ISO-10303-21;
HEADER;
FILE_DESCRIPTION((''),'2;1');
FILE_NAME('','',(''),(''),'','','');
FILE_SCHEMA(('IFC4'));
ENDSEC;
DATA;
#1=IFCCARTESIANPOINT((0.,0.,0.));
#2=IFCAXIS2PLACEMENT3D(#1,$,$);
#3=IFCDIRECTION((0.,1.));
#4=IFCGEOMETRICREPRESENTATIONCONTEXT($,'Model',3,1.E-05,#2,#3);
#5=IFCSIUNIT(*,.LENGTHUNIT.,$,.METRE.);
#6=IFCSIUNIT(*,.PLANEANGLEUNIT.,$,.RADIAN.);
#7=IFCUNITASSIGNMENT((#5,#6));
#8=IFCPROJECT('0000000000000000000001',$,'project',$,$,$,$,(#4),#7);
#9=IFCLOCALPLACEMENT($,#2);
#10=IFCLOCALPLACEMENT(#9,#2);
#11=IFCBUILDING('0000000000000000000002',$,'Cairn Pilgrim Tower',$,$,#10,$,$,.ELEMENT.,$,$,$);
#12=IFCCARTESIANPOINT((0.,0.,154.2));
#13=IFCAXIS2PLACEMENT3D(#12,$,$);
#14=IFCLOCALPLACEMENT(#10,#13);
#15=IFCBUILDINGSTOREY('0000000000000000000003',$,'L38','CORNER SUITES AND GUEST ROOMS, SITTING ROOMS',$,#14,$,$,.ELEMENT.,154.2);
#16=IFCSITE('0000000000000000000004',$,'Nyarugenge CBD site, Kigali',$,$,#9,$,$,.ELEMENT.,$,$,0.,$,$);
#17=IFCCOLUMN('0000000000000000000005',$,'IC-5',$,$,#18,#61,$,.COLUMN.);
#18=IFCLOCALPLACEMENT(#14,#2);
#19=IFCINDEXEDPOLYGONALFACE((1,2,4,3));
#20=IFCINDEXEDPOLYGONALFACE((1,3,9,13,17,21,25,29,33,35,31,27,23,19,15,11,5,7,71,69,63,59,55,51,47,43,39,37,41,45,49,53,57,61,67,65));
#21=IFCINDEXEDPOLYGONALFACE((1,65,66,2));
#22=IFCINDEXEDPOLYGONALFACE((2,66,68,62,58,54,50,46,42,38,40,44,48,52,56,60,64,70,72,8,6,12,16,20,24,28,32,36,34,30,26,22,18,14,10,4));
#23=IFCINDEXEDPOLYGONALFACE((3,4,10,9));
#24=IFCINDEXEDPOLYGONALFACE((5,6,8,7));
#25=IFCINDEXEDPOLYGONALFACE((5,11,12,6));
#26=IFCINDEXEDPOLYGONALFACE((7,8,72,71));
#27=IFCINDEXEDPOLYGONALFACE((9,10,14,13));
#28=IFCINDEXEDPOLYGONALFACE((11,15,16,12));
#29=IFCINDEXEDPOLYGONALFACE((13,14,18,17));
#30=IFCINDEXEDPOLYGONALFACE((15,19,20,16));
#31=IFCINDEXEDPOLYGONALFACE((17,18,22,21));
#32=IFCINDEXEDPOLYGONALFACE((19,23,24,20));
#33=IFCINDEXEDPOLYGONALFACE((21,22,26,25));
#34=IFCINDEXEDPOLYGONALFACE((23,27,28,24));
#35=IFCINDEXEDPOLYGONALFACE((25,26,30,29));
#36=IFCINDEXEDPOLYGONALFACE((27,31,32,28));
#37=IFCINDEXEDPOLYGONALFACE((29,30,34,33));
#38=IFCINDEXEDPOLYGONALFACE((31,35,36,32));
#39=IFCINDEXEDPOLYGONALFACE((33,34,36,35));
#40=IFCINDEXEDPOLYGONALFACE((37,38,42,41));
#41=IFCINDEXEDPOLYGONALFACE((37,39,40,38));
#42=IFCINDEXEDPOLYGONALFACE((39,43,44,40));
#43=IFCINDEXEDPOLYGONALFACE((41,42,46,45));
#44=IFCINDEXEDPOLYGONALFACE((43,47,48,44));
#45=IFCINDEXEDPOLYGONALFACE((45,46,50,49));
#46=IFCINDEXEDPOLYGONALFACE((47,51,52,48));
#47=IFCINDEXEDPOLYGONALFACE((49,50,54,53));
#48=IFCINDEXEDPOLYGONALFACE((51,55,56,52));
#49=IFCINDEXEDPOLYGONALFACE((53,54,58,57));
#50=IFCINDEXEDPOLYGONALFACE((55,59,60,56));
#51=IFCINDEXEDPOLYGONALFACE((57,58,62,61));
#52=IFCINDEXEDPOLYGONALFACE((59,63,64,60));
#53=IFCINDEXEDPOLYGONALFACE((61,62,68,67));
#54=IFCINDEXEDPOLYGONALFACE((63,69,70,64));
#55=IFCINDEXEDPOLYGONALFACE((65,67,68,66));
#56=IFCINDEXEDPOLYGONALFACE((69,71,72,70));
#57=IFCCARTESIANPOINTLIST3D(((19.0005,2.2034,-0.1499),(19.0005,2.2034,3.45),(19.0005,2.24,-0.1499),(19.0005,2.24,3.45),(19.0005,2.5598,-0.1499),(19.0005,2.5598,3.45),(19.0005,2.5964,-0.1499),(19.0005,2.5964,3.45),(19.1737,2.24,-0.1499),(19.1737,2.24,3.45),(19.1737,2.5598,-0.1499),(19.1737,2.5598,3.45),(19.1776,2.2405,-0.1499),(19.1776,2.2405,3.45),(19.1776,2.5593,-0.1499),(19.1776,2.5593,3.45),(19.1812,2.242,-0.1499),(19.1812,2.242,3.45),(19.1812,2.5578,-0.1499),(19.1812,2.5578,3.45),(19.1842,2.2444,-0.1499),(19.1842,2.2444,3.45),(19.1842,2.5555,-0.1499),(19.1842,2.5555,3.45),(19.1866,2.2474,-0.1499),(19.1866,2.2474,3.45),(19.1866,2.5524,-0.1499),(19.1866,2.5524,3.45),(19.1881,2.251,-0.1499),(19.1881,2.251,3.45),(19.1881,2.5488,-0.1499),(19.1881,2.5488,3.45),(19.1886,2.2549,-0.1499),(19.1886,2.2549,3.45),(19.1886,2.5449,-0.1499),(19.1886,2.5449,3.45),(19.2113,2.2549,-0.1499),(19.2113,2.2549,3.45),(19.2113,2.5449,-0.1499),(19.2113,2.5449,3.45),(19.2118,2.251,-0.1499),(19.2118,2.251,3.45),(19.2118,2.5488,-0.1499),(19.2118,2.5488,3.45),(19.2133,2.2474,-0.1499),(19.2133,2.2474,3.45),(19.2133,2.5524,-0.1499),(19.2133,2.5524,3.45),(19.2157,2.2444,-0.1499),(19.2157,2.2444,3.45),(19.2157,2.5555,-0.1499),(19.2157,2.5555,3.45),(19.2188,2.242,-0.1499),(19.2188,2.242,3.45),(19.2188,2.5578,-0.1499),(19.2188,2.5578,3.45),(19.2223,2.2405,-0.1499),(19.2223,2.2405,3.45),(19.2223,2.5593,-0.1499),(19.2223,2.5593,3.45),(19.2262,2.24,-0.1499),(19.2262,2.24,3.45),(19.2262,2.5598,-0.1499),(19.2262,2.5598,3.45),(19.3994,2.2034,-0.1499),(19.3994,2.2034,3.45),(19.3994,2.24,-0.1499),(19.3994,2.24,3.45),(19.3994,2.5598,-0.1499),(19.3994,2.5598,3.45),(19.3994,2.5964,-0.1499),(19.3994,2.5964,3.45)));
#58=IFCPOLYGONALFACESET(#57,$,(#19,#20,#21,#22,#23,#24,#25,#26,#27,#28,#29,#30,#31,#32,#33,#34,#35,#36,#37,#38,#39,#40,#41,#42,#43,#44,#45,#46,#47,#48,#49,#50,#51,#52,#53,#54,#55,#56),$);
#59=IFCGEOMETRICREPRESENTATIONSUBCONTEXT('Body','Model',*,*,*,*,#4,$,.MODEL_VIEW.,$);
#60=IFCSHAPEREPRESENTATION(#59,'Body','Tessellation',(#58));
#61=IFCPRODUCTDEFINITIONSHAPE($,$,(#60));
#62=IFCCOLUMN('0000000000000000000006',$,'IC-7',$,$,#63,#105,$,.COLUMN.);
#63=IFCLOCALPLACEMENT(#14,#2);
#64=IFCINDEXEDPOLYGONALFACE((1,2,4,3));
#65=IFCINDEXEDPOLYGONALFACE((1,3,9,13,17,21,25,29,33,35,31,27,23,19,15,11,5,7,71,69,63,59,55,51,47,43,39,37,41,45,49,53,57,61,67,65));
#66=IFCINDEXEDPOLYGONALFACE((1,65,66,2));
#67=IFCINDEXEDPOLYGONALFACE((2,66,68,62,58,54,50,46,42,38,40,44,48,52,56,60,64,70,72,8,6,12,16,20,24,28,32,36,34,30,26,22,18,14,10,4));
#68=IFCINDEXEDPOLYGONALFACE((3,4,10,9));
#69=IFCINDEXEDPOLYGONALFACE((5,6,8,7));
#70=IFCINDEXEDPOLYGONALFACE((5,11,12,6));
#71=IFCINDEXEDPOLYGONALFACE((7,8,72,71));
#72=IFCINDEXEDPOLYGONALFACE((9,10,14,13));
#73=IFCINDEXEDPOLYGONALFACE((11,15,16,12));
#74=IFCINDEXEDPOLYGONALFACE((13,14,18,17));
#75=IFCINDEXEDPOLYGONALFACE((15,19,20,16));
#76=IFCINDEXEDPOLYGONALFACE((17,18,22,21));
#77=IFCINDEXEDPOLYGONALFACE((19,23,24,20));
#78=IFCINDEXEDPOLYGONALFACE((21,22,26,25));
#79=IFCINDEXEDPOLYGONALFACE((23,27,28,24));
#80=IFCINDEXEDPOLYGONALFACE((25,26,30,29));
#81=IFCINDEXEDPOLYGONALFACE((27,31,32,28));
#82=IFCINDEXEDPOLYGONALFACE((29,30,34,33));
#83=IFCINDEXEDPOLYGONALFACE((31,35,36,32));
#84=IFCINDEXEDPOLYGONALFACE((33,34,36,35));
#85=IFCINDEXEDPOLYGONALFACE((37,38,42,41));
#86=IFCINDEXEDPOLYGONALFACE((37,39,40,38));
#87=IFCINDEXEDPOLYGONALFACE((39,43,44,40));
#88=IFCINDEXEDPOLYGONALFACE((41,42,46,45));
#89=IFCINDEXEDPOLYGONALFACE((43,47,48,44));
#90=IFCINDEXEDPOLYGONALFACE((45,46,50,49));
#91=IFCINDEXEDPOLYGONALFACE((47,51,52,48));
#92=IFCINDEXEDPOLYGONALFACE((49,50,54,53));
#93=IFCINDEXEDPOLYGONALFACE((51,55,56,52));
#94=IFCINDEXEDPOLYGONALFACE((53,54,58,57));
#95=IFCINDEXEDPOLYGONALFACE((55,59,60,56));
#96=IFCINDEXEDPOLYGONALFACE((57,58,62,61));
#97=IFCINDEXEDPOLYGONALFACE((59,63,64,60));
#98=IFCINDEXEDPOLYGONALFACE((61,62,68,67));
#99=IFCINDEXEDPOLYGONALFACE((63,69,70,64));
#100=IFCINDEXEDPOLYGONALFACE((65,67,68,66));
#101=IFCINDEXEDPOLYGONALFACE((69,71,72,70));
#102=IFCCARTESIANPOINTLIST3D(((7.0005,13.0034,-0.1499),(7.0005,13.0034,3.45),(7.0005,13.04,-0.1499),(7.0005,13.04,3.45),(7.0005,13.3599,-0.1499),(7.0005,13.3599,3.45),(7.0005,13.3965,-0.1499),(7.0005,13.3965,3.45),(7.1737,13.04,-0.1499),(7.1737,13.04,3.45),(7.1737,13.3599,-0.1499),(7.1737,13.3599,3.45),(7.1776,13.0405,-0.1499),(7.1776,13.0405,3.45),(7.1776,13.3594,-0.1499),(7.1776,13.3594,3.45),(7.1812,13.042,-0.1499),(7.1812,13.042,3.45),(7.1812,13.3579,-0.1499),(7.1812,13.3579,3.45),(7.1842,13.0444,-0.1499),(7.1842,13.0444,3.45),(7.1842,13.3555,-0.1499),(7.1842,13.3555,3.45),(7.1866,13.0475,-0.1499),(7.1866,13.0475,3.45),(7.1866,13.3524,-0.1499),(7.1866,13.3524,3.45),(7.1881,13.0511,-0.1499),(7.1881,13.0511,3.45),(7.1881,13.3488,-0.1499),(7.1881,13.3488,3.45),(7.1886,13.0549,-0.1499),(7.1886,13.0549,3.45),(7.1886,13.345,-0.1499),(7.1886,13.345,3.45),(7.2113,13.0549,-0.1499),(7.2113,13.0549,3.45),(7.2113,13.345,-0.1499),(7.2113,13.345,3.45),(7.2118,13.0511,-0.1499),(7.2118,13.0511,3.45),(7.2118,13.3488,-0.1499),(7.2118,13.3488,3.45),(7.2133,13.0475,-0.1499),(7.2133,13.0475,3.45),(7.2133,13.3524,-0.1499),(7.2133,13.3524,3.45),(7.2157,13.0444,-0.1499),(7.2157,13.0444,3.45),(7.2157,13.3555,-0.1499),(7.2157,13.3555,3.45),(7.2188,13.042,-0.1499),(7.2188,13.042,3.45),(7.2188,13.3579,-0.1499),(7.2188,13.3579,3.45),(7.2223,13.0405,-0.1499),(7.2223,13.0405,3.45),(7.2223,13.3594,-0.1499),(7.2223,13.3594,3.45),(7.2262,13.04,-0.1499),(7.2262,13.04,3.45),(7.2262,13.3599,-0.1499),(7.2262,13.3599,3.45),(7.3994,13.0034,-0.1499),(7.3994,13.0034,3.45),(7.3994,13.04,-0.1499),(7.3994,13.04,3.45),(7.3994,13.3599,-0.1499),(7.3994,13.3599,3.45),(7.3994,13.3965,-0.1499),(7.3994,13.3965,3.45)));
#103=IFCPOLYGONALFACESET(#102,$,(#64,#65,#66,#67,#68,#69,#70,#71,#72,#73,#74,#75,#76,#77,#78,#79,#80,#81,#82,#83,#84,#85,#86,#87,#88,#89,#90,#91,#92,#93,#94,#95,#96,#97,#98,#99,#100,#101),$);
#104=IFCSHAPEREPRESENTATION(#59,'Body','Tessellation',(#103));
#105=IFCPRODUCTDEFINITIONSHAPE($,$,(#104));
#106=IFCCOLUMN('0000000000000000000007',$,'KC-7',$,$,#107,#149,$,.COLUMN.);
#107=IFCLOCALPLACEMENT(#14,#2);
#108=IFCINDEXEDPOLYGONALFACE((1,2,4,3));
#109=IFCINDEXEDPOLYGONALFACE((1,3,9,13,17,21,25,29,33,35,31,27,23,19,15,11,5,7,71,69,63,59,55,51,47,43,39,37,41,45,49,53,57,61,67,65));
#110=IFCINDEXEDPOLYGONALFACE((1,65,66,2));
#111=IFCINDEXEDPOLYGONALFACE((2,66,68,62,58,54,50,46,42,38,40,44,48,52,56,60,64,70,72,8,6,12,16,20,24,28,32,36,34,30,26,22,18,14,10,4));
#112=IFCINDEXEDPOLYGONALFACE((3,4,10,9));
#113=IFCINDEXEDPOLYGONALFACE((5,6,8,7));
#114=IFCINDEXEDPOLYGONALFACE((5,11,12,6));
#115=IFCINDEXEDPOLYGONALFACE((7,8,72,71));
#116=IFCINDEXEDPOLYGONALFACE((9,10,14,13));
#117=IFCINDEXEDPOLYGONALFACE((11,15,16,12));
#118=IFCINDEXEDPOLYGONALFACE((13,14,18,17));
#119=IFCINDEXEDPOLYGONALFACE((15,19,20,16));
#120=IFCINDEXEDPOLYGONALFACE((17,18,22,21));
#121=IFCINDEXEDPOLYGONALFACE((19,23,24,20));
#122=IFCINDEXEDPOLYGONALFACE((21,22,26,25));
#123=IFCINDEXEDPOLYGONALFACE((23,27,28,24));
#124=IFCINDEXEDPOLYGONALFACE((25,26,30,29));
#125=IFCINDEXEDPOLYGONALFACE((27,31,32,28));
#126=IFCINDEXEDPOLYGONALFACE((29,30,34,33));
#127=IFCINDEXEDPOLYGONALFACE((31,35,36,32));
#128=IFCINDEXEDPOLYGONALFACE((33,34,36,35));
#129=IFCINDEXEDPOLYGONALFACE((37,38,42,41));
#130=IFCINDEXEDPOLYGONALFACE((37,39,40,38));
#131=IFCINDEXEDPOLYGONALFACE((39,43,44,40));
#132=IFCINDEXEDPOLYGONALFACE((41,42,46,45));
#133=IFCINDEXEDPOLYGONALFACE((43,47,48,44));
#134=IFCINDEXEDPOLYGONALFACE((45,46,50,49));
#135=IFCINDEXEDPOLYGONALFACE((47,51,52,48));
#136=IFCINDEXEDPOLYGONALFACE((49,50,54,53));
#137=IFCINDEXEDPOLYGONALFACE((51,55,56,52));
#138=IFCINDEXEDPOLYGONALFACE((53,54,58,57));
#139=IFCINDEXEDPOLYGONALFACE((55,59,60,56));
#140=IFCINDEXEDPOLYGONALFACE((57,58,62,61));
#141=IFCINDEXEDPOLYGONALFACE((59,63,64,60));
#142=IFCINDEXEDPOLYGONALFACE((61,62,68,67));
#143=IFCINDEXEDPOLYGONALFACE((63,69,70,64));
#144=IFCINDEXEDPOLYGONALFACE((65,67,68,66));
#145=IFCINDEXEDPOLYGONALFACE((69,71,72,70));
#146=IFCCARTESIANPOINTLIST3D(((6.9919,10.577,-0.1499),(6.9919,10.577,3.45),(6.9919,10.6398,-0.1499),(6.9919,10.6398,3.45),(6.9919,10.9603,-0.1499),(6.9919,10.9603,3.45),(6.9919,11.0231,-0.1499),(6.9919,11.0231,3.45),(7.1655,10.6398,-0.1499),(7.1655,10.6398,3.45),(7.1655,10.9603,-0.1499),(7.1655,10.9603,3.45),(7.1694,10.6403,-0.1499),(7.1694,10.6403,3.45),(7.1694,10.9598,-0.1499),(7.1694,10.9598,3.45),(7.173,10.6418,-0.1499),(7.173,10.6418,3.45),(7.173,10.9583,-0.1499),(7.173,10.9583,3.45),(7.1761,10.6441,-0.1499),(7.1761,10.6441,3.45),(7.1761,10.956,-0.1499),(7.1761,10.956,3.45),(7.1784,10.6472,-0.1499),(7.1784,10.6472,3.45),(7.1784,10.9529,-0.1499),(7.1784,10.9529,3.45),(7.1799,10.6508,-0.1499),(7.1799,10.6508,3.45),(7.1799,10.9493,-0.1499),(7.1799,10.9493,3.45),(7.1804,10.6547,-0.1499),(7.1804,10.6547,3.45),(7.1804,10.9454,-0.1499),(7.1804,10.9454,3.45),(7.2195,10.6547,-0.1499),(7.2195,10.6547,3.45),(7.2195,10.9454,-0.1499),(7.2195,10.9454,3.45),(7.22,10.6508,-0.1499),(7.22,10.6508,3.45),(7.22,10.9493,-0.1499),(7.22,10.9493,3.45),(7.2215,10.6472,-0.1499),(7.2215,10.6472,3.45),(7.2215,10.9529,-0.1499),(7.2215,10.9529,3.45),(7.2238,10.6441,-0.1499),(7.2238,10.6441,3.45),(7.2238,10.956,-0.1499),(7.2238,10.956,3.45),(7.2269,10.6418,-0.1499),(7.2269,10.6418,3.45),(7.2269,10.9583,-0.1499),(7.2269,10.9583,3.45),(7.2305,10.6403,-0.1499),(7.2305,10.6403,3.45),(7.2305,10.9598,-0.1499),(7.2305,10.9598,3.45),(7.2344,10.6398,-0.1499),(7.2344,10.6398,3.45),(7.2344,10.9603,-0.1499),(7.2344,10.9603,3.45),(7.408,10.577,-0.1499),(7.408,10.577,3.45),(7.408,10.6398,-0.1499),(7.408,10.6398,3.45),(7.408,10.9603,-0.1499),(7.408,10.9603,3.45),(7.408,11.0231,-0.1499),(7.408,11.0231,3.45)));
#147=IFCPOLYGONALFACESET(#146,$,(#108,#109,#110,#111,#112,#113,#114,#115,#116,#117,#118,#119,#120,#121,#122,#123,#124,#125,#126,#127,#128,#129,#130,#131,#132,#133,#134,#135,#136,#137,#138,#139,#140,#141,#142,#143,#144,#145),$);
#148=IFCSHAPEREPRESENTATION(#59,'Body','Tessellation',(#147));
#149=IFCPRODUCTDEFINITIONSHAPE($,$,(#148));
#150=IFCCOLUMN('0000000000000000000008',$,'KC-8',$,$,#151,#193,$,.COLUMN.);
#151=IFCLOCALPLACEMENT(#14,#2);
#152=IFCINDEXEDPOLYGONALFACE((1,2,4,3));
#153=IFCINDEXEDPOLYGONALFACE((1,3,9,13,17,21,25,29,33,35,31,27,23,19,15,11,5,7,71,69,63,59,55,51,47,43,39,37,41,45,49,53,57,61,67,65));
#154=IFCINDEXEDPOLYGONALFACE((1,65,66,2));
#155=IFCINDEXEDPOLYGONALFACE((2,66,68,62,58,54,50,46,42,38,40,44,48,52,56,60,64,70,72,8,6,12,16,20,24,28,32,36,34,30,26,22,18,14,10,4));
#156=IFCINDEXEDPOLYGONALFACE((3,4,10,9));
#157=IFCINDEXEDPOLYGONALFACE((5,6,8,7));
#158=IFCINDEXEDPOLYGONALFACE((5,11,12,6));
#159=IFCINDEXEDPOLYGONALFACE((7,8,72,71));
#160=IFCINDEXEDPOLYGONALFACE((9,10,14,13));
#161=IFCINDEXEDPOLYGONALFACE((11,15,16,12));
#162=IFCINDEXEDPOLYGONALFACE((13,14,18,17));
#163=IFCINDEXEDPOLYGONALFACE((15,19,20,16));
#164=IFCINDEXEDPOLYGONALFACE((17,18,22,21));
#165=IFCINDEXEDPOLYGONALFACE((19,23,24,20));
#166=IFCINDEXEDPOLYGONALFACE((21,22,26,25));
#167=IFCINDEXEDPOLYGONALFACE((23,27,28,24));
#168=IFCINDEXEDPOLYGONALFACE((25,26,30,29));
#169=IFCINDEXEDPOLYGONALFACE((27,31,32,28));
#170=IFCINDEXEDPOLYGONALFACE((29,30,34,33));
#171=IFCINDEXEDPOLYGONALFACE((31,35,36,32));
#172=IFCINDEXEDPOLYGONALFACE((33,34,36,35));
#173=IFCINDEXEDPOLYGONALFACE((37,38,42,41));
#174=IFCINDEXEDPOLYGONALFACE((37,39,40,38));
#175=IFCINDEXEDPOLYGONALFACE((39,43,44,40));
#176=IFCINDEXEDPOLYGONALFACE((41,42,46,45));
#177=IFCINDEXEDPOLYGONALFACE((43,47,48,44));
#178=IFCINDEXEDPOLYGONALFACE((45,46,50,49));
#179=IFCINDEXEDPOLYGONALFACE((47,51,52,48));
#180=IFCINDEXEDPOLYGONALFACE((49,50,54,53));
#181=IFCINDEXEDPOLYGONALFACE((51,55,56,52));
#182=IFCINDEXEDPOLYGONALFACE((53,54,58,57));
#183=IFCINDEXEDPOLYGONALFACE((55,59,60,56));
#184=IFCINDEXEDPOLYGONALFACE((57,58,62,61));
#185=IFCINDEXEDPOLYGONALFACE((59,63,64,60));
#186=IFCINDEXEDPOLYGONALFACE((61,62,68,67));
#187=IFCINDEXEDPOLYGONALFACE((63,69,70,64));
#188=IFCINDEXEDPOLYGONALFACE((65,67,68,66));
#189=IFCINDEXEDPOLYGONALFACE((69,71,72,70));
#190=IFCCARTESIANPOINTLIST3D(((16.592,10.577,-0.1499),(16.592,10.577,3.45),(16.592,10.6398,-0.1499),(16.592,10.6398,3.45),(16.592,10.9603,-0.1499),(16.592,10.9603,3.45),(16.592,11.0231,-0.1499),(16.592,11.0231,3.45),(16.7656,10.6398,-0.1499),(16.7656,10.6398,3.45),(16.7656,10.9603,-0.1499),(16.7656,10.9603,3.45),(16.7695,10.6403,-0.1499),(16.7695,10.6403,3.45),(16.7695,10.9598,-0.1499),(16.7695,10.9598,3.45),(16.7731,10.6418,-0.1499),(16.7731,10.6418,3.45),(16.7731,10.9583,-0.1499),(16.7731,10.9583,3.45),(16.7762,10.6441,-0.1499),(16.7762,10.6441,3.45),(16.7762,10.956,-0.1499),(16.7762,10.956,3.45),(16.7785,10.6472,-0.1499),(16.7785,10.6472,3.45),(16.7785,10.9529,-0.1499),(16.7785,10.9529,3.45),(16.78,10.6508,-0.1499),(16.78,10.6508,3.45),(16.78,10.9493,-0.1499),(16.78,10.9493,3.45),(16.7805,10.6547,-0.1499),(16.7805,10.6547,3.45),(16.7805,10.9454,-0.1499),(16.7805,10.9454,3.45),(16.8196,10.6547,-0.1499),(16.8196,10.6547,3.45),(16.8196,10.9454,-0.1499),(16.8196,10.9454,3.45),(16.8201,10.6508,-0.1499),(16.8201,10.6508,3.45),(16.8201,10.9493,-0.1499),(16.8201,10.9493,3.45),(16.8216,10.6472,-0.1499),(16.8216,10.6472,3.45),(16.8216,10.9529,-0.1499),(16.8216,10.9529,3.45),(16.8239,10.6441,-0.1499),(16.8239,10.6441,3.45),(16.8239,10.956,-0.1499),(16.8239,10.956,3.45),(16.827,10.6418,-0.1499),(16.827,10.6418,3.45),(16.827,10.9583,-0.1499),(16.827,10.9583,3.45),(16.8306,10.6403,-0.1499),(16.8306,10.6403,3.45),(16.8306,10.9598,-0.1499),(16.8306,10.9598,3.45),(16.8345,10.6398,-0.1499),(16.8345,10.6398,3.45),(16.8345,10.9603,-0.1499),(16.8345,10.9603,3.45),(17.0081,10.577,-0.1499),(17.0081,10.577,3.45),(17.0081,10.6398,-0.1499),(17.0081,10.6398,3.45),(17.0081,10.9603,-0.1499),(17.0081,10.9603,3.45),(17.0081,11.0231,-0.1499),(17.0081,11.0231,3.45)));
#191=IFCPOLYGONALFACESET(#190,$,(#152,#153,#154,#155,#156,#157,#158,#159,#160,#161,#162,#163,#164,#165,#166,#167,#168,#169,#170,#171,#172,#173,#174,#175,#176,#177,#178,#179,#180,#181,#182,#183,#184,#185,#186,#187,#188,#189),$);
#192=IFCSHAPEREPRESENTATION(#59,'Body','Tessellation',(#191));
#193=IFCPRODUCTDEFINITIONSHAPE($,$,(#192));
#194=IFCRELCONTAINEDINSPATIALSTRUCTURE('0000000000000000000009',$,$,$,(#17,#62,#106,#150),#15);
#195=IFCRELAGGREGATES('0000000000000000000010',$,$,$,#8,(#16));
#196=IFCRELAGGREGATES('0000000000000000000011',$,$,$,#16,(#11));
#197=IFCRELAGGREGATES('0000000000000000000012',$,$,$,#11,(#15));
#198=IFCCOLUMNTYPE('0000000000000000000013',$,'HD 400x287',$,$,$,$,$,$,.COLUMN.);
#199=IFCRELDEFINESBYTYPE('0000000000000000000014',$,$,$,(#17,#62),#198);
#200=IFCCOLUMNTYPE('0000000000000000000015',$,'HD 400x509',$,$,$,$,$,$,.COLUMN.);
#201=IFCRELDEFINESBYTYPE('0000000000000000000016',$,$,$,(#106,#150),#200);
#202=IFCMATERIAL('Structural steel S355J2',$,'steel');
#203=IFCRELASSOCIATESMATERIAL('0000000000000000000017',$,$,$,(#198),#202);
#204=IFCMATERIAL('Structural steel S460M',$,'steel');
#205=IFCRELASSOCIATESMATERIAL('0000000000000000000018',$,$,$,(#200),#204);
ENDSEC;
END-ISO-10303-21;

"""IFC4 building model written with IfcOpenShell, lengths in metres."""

from ifc_helpers import new_model, si_unit, direction, frame, origin, origin_2d, place, context, subcontext, project, spatial, i_section, extrude, material, material_profile, profile_set, type_object, element, save


model = new_model("IFC4")

# Units and contexts
model_context = context("Model", 3, precision=1e-05, world=origin(), true_north=direction((0.0, 1.0)))
body_context = subcontext(model_context, "Body", "Model", "MODEL_VIEW")
ifc_project = project(units=[si_unit("LENGTHUNIT", "METRE"), si_unit("PLANEANGLEUNIT", "RADIAN")], contexts=[model_context])

# Site, building, storey
site_placement = place(None, origin())
site = spatial("IfcSite", under=ifc_project, at=site_placement, Name="Nyarugenge CBD site, Kigali", CompositionType="ELEMENT", RefElevation=0.0)
building_placement = place(site_placement, origin())
building = spatial("IfcBuilding", under=site, at=building_placement, Name="Cairn Pilgrim Tower", CompositionType="ELEMENT")
storey_placement = place(building_placement, frame((0.0, 0.0, 154.2)))
storey = spatial("IfcBuildingStorey", under=building, at=storey_placement, Name="L38", Description="CORNER SUITES AND GUEST ROOMS, SITTING ROOMS", CompositionType="ELEMENT", Elevation=154.2)

# Columns
ifc_material_1 = material(Name="Structural steel S355J2", Category="steel")
ifc_material_profile_1 = material_profile(ifc_material_1, i_section(OverallWidth=0.3989, OverallDepth=0.3931, WebThickness=0.0227, FlangeThickness=0.0366, FilletRadius=0.0149, at=origin_2d()), Name="HD 400x287")
ifc_profile_set_1 = profile_set([ifc_material_profile_1], Name="Structural steel S355J2")
column_type_1 = type_object("IfcColumnType", Name="HD 400x287", PredefinedType="COLUMN", material=ifc_profile_set_1)
for number, where, z_axis, x_axis, name in (
    (1, (19.2, 2.3999, -0.1499), (0.0, 0.0, 1.0), (1.0, 0.0, 0.0), "IC-5"),
    (2, (7.2, 13.2, -0.1499), (0.0, 0.0, 1.0), (1.0, 0.0, 0.0), "IC-7"),
):
    element("IfcColumn", number, at=place(storey_placement, frame(where, z_axis=z_axis, x_axis=x_axis)), inside=storey, type_object=column_type_1, Name=name, PredefinedType="COLUMN", context=body_context, shape_type="SweptSolid", body=[
        extrude(i_section(OverallWidth=0.3989, OverallDepth=0.3931, WebThickness=0.0227, FlangeThickness=0.0366, FilletRadius=0.0149, at=origin_2d()), origin(), (0.0, 0.0, 1.0), 3.5999),
    ])
ifc_material_2 = material(Name="Structural steel S460M", Category="steel")
ifc_material_profile_2 = material_profile(ifc_material_2, i_section(OverallWidth=0.416, OverallDepth=0.446, WebThickness=0.0391, FlangeThickness=0.0627, FilletRadius=0.0149, at=origin_2d()), Name="HD 400x509")
ifc_profile_set_2 = profile_set([ifc_material_profile_2], Name="Structural steel S460M")
column_type_2 = type_object("IfcColumnType", Name="HD 400x509", PredefinedType="COLUMN", material=ifc_profile_set_2)
for number, where, z_axis, x_axis, name in (
    (3, (7.2, 10.8, -0.1499), (0.0, 0.0, 1.0), (1.0, 0.0, 0.0), "KC-7"),
    (4, (16.8, 10.8, -0.1499), (0.0, 0.0, 1.0), (1.0, 0.0, 0.0), "KC-8"),
):
    element("IfcColumn", number, at=place(storey_placement, frame(where, z_axis=z_axis, x_axis=x_axis)), inside=storey, type_object=column_type_2, Name=name, PredefinedType="COLUMN", context=body_context, shape_type="SweptSolid", body=[
        extrude(i_section(OverallWidth=0.416, OverallDepth=0.446, WebThickness=0.0391, FlangeThickness=0.0627, FilletRadius=0.0149, at=origin_2d()), origin(), (0.0, 0.0, 1.0), 3.5999),
    ])

save(model, "model.ifc")
